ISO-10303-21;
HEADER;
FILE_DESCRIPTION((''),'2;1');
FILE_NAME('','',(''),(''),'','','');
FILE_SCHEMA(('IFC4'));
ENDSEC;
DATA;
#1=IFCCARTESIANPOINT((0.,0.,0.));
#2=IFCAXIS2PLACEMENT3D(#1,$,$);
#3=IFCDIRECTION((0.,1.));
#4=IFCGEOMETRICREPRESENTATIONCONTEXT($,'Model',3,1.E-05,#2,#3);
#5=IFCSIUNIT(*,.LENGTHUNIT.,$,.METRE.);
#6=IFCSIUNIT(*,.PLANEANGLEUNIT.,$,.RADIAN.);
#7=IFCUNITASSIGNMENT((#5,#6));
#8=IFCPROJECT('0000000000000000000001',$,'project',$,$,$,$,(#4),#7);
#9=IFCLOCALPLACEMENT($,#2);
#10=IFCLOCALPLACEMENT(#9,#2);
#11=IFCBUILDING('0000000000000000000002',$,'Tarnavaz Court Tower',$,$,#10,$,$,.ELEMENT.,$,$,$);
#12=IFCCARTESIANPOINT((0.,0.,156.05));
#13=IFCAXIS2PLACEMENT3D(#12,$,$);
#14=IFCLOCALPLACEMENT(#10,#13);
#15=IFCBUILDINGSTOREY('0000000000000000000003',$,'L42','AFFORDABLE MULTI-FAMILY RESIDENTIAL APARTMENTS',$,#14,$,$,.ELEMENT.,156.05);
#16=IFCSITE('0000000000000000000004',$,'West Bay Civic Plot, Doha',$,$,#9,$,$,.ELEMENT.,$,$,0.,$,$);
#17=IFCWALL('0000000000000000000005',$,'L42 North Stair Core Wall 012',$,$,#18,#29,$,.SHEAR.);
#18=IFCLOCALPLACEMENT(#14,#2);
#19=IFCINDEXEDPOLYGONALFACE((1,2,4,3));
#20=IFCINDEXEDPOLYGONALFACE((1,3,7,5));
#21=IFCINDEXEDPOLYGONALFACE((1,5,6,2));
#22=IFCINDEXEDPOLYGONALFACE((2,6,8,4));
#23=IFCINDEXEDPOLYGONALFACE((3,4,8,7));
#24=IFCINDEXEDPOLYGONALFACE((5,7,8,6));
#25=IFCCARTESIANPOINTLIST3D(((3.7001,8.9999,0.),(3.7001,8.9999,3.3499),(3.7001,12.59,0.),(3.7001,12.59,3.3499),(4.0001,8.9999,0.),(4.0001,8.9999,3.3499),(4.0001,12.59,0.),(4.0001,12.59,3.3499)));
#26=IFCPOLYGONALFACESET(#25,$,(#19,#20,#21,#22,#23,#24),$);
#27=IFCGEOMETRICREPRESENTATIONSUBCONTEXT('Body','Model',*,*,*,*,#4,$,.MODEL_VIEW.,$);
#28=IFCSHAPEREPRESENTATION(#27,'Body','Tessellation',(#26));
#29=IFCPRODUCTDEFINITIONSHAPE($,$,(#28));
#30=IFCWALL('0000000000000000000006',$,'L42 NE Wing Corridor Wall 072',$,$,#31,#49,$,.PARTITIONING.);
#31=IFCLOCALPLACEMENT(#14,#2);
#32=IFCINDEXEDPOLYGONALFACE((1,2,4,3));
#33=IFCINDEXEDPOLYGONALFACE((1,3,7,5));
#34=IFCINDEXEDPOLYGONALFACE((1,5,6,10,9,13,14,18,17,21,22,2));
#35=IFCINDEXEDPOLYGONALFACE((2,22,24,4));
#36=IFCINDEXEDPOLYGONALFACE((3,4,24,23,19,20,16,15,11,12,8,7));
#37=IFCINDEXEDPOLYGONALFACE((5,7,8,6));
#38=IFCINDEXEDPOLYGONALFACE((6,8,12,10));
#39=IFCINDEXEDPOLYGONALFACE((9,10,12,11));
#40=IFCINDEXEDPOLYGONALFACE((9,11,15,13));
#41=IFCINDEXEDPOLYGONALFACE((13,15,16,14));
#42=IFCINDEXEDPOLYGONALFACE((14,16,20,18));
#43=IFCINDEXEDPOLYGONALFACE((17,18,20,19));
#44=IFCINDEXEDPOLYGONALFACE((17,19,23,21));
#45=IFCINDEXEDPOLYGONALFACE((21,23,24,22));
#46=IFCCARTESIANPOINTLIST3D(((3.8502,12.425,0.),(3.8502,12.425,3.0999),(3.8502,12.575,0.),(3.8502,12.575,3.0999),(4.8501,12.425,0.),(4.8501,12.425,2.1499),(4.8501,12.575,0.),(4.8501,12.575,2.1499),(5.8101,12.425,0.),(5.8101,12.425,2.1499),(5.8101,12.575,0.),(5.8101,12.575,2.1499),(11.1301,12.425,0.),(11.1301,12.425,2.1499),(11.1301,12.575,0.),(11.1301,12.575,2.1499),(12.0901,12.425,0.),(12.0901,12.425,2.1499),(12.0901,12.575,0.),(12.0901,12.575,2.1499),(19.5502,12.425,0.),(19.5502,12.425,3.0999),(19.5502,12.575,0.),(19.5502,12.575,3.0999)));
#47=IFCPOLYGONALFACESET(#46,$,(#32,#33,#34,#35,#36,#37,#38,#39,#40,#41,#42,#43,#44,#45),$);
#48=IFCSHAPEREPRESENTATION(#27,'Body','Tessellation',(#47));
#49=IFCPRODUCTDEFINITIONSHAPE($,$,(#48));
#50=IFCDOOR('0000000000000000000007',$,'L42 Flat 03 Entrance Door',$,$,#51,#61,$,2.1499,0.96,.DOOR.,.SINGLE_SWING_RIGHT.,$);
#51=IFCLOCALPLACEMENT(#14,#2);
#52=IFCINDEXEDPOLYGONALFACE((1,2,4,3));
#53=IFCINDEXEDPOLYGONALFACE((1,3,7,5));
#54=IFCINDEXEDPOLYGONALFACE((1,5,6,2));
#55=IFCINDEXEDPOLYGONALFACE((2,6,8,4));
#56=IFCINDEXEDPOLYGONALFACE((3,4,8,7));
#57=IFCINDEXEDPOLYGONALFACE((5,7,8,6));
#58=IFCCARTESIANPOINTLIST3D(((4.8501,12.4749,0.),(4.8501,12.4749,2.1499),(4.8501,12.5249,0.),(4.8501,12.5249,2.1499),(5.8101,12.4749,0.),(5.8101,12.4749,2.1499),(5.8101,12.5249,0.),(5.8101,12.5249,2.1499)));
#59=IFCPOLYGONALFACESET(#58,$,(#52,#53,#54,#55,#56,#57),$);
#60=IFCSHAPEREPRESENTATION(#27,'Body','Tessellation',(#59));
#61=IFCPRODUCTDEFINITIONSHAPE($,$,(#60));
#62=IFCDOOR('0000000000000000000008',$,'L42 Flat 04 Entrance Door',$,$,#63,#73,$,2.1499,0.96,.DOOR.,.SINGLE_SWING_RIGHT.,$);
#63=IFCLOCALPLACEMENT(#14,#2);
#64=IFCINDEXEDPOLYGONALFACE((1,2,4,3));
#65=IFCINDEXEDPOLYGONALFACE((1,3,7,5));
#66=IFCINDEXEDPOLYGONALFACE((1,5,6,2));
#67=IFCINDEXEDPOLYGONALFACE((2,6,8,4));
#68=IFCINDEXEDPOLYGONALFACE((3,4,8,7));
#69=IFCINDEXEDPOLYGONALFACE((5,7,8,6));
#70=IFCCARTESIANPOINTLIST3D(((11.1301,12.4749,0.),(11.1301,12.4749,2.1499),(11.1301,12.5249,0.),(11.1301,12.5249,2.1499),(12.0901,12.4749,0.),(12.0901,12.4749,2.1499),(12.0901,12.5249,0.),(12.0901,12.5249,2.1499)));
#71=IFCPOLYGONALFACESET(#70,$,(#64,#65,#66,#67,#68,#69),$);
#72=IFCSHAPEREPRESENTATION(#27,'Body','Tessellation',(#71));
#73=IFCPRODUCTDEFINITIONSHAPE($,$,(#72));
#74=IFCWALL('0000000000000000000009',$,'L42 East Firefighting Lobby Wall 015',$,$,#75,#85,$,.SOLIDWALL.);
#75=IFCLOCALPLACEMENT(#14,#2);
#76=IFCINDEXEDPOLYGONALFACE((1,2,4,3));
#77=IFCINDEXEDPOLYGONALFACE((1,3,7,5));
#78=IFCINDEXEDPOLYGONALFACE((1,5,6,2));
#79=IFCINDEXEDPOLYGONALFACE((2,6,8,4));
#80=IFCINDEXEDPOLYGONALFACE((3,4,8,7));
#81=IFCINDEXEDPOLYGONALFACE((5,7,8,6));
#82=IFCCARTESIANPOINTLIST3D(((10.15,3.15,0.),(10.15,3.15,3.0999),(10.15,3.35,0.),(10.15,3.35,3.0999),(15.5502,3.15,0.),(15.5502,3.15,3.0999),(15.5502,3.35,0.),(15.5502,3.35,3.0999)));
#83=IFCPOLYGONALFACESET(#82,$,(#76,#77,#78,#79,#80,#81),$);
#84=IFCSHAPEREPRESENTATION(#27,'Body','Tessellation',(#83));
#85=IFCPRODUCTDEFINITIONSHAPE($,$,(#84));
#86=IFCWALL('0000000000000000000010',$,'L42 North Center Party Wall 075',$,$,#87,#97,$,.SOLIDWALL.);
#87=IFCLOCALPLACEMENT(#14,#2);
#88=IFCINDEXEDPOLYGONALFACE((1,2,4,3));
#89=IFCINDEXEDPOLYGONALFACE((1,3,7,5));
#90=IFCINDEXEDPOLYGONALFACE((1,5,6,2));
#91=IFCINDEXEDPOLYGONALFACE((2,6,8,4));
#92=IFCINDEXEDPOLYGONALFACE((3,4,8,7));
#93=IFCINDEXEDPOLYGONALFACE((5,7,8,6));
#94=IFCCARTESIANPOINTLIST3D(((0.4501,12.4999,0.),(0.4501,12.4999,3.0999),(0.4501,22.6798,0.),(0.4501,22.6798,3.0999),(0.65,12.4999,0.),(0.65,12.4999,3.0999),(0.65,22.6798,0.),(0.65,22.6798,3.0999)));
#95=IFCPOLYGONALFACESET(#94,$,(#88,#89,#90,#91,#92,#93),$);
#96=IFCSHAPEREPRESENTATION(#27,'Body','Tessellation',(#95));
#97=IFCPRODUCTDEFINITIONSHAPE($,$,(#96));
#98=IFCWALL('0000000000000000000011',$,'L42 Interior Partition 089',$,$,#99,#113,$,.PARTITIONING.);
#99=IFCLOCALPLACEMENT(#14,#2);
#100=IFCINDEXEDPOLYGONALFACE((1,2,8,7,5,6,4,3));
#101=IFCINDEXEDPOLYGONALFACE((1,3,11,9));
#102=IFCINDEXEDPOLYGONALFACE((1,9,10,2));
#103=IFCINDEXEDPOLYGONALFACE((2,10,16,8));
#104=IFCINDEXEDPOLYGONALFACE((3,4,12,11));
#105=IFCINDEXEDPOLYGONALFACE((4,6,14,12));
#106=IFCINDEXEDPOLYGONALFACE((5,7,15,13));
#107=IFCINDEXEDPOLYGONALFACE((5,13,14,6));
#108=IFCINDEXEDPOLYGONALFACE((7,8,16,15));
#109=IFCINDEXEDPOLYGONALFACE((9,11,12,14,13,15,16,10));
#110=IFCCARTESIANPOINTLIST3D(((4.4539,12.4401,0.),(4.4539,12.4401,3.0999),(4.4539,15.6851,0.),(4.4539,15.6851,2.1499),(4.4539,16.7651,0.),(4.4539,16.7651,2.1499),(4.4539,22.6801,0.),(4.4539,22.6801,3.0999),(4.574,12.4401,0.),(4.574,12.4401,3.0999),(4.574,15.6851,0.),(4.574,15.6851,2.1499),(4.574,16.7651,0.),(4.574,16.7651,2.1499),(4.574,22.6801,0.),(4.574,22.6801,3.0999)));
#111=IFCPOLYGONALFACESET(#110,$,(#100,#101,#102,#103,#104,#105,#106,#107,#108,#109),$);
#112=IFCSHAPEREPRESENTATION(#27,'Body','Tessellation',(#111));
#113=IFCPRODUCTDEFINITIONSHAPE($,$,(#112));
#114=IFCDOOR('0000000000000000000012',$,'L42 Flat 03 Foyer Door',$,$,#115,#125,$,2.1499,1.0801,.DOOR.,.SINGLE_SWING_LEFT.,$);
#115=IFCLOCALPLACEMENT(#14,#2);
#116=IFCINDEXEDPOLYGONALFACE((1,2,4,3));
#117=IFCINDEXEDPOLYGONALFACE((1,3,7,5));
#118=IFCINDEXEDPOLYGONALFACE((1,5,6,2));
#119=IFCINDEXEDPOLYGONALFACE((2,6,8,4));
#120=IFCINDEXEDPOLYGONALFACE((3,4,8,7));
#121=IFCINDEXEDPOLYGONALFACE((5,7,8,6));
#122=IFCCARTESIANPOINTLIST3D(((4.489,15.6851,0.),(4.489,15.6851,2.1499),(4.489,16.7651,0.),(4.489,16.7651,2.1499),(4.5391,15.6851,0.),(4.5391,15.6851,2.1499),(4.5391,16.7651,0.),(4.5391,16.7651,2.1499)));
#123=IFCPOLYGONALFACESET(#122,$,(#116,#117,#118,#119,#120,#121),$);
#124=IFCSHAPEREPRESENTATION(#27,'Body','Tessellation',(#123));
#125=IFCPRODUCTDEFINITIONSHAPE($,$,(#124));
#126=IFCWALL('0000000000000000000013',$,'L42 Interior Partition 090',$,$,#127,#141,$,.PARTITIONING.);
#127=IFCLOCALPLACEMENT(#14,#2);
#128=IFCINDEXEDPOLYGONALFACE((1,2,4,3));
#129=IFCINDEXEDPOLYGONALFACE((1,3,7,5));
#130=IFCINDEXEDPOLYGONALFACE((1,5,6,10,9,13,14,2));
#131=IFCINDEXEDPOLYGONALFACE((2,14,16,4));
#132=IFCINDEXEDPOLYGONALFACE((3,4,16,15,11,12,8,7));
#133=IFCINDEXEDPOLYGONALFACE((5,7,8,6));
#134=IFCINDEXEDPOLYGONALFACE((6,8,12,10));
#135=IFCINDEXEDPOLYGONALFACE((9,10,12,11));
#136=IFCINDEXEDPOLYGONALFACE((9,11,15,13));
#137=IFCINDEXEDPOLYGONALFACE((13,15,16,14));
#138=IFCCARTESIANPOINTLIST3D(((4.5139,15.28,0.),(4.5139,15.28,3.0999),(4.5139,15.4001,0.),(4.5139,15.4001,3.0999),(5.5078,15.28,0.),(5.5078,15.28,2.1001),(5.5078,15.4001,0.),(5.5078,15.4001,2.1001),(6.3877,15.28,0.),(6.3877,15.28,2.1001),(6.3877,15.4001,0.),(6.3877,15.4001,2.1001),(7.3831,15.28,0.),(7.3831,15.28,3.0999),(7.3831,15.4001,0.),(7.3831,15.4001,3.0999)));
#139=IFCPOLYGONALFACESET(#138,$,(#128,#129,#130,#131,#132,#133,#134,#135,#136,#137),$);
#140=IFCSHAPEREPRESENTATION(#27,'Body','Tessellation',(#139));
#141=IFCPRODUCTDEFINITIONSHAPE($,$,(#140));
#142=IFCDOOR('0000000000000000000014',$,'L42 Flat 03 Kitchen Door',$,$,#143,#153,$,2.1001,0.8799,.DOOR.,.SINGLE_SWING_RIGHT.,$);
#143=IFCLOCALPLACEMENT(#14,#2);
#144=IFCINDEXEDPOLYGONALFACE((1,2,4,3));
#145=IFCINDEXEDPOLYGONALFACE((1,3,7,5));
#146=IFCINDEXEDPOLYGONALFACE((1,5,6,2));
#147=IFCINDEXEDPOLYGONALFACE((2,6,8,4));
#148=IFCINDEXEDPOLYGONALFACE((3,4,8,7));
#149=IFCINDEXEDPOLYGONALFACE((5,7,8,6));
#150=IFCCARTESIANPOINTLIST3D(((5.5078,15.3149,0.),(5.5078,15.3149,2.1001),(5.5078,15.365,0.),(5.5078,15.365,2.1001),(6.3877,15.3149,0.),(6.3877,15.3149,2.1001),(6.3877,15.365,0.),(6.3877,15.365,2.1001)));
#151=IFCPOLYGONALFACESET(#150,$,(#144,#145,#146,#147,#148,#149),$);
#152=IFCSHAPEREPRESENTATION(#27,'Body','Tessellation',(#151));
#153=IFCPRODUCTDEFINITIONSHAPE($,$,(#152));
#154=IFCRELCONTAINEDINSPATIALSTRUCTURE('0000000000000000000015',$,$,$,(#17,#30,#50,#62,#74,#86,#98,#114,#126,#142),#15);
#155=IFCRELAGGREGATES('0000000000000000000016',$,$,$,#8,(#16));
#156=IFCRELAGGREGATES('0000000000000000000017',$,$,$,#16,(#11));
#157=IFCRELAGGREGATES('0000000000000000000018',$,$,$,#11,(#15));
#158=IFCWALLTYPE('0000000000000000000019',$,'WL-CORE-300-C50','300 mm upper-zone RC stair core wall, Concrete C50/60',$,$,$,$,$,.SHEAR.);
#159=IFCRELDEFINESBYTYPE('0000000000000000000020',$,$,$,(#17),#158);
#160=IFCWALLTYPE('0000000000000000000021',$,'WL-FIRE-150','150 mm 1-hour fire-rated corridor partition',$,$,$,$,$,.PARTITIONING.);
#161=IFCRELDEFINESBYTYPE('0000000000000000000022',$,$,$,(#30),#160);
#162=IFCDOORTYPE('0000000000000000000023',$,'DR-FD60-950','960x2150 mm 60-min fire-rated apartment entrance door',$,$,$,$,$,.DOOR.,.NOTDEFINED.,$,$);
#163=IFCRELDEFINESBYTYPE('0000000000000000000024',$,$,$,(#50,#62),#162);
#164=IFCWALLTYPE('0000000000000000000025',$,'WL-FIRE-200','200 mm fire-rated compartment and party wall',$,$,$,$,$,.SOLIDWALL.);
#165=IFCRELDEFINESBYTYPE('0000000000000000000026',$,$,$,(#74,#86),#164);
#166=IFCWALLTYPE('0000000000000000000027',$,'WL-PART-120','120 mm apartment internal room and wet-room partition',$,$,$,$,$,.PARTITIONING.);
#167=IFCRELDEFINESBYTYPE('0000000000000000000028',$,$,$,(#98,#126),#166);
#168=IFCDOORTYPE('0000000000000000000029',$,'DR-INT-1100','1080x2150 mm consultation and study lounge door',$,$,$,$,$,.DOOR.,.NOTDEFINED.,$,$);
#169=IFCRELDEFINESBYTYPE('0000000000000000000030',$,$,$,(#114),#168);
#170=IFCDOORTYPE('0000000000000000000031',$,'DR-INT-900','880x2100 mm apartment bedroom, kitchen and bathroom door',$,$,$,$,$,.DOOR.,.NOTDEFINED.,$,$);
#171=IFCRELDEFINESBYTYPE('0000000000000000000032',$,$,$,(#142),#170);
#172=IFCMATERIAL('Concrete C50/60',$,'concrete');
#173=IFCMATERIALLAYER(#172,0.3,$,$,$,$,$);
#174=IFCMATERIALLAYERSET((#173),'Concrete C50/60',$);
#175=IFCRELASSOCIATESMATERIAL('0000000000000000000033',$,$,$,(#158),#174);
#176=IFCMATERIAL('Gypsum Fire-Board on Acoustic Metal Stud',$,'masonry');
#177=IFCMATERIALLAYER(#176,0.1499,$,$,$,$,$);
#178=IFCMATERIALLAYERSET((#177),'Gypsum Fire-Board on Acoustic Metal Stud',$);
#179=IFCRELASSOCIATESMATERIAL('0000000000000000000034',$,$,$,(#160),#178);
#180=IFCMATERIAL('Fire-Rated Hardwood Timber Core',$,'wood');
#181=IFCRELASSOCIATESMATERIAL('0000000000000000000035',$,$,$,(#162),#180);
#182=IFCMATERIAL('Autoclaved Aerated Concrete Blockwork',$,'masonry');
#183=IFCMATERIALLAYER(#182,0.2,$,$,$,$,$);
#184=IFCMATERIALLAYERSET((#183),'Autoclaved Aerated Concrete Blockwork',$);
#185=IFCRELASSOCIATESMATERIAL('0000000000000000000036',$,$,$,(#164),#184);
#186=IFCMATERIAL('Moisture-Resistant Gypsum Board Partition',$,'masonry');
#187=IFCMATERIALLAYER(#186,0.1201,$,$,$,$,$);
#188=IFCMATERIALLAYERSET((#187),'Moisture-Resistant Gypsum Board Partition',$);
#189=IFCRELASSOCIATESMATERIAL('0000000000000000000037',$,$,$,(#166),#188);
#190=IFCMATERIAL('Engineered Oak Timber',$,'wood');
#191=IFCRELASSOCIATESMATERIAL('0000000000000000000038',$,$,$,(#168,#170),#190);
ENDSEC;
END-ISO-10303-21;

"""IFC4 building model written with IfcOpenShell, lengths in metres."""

from ifc_helpers import new_model, si_unit, direction, frame, frame_2d, origin, place, context, subcontext, project, spatial, rectangle, extrude, material, layer, layer_set, type_object, element, fill, save


model = new_model("IFC4")

# Units and contexts
model_context = context("Model", 3, precision=1e-05, world=origin(), true_north=direction((0.0, 1.0)))
body_context = subcontext(model_context, "Body", "Model", "MODEL_VIEW")
ifc_project = project(units=[si_unit("LENGTHUNIT", "METRE"), si_unit("PLANEANGLEUNIT", "RADIAN")], contexts=[model_context])

# Site, building, storey
site_placement = place(None, origin())
site = spatial("IfcSite", under=ifc_project, at=site_placement, Name="West Bay Civic Plot, Doha", CompositionType="ELEMENT", RefElevation=0.0)
building_placement = place(site_placement, origin())
building = spatial("IfcBuilding", under=site, at=building_placement, Name="Tarnavaz Court Tower", CompositionType="ELEMENT")
storey_placement = place(building_placement, frame((0.0, 0.0, 156.05)))
storey = spatial("IfcBuildingStorey", under=building, at=storey_placement, Name="L42", Description="AFFORDABLE MULTI-FAMILY RESIDENTIAL APARTMENTS", CompositionType="ELEMENT", Elevation=156.05)

# Shared definitions
ifc_material_1 = material(Name="Concrete C50/60", Category="concrete")
ifc_layer_1 = layer(ifc_material_1, 0.3)
ifc_layer_set_1 = layer_set([ifc_layer_1], Name="Concrete C50/60")
wall_type_1 = type_object("IfcWallType", Name="WL-CORE-300-C50", Description="300 mm upper-zone RC stair core wall, Concrete C50/60", PredefinedType="SHEAR", material=ifc_layer_set_1)

# Shared definitions
ifc_material_2 = material(Name="Fire-Rated Hardwood Timber Core", Category="wood")

# Wall
wall_1_placement = place(storey_placement, frame((3.8501, 9.0, 0.0), z_axis=(0.0, 0.0, 1.0), x_axis=(0.0, 1.0, 0.0)))
element("IfcWall", 1, at=wall_1_placement, inside=storey, type_object=wall_type_1, Name="L42 North Stair Core Wall 012", PredefinedType="SHEAR", context=body_context, shape_type="SweptSolid", body=[
    extrude(rectangle(XDim=3.5901, YDim=0.3, at=frame_2d((1.7949, 0.0))), origin(), (0.0, 0.0, 1.0), 3.3499),
])

# Wall, openings, doors
ifc_material_3 = material(Name="Gypsum Fire-Board on Acoustic Metal Stud", Category="masonry")
ifc_layer_2 = layer(ifc_material_3, 0.1499)
ifc_layer_set_2 = layer_set([ifc_layer_2], Name="Gypsum Fire-Board on Acoustic Metal Stud")
wall_type_2 = type_object("IfcWallType", Name="WL-FIRE-150", Description="150 mm 1-hour fire-rated corridor partition", PredefinedType="PARTITIONING", material=ifc_layer_set_2)
wall_2_placement = place(storey_placement, frame((3.8501, 12.5, 0.0), z_axis=(0.0, 0.0, 1.0), x_axis=(1.0, 0.0, 0.0)))
wall_2 = element("IfcWall", 2, at=wall_2_placement, inside=storey, type_object=wall_type_2, Name="L42 NE Wing Corridor Wall 072", PredefinedType="PARTITIONING", context=body_context, shape_type="SweptSolid", body=[
    extrude(rectangle(XDim=15.7, YDim=0.1499, at=frame_2d((7.8501, 0.0))), origin(), (0.0, 0.0, 1.0), 3.0999),
])
opening_1_placement = place(wall_2_placement, frame((1.0, 0.0, 0.0)))
opening_1 = element("IfcOpeningElement", 3, at=opening_1_placement, cuts=wall_2, PredefinedType="OPENING", context=body_context, shape_type="SweptSolid", body=[
    extrude(rectangle(XDim=0.96, YDim=2.1499, at=frame_2d((0.48, 1.075))), frame((0.0, 0.085, 0.0), z_axis=(0.0, -1.0, 0.0), x_axis=(1.0, 0.0, 0.0)), (0.0, 0.0, 1.0), 0.1699),
])
opening_2_placement = place(wall_2_placement, frame((7.28, 0.0, 0.0)))
opening_2 = element("IfcOpeningElement", 4, at=opening_2_placement, cuts=wall_2, PredefinedType="OPENING", context=body_context, shape_type="SweptSolid", body=[
    extrude(rectangle(XDim=0.96, YDim=2.1499, at=frame_2d((0.48, 1.075))), frame((0.0, 0.085, 0.0), z_axis=(0.0, -1.0, 0.0), x_axis=(1.0, 0.0, 0.0)), (0.0, 0.0, 1.0), 0.1699),
])
door_type_1 = type_object("IfcDoorType", Name="DR-FD60-950", Description="960x2150 mm 60-min fire-rated apartment entrance door", OperationType="NOTDEFINED", PredefinedType="DOOR", material=ifc_material_2)
door_1_placement = place(opening_1_placement, origin())
door_1 = element("IfcDoor", 5, at=door_1_placement, inside=storey, type_object=door_type_1, Name="L42 Flat 03 Entrance Door", OperationType="SINGLE_SWING_RIGHT", OverallHeight=2.1499, OverallWidth=0.96, PredefinedType="DOOR", context=body_context, shape_type="SweptSolid", body=[
    extrude(rectangle(XDim=0.96, YDim=2.1499, at=frame_2d((0.48, 1.075))), frame((0.0, 0.0249, 0.0), z_axis=(0.0, -1.0, 0.0), x_axis=(1.0, 0.0, 0.0)), (0.0, 0.0, 1.0), 0.05),
])
fill(opening_1, door_1)
door_2_placement = place(opening_2_placement, origin())
door_2 = element("IfcDoor", 6, at=door_2_placement, inside=storey, type_object=door_type_1, Name="L42 Flat 04 Entrance Door", OperationType="SINGLE_SWING_RIGHT", OverallHeight=2.1499, OverallWidth=0.96, PredefinedType="DOOR", context=body_context, shape_type="SweptSolid", body=[
    extrude(rectangle(XDim=0.96, YDim=2.1499, at=frame_2d((0.48, 1.075))), frame((0.0, 0.0249, 0.0), z_axis=(0.0, -1.0, 0.0), x_axis=(1.0, 0.0, 0.0)), (0.0, 0.0, 1.0), 0.05),
])
fill(opening_2, door_2)

# Walls
ifc_material_4 = material(Name="Autoclaved Aerated Concrete Blockwork", Category="masonry")
ifc_layer_3 = layer(ifc_material_4, 0.2)
ifc_layer_set_3 = layer_set([ifc_layer_3], Name="Autoclaved Aerated Concrete Blockwork")
wall_type_3 = type_object("IfcWallType", Name="WL-FIRE-200", Description="200 mm fire-rated compartment and party wall", PredefinedType="SOLIDWALL", material=ifc_layer_set_3)
wall_3_placement = place(storey_placement, frame((10.1499, 3.25, 0.0), z_axis=(0.0, 0.0, 1.0), x_axis=(1.0, 0.0, 0.0)))
element("IfcWall", 7, at=wall_3_placement, inside=storey, type_object=wall_type_3, Name="L42 East Firefighting Lobby Wall 015", PredefinedType="SOLIDWALL", context=body_context, shape_type="SweptSolid", body=[
    extrude(rectangle(XDim=5.4001, YDim=0.2, at=frame_2d((2.7002, 0.0))), origin(), (0.0, 0.0, 1.0), 3.0999),
])
wall_4_placement = place(storey_placement, frame((0.55, 12.5, 0.0), z_axis=(0.0, 0.0, 1.0), x_axis=(0.0, 1.0, 0.0)))
element("IfcWall", 8, at=wall_4_placement, inside=storey, type_object=wall_type_3, Name="L42 North Center Party Wall 075", PredefinedType="SOLIDWALL", context=body_context, shape_type="SweptSolid", body=[
    extrude(rectangle(XDim=10.1799, YDim=0.2, at=frame_2d((5.0898, 0.0))), origin(), (0.0, 0.0, 1.0), 3.0999),
])

# Walls, openings, doors
ifc_material_5 = material(Name="Moisture-Resistant Gypsum Board Partition", Category="masonry")
ifc_layer_4 = layer(ifc_material_5, 0.1201)
ifc_layer_set_4 = layer_set([ifc_layer_4], Name="Moisture-Resistant Gypsum Board Partition")
wall_type_4 = type_object("IfcWallType", Name="WL-PART-120", Description="120 mm apartment internal room and wet-room partition", PredefinedType="PARTITIONING", material=ifc_layer_set_4)
wall_5_placement = place(storey_placement, frame((4.5139, 12.4399, 0.0), z_axis=(0.0, 0.0, 1.0), x_axis=(0.0, 1.0, 0.0)))
wall_5 = element("IfcWall", 9, at=wall_5_placement, inside=storey, type_object=wall_type_4, Name="L42 Interior Partition 089", PredefinedType="PARTITIONING", context=body_context, shape_type="SweptSolid", body=[
    extrude(rectangle(XDim=10.24, YDim=0.1201, at=frame_2d((5.1201, 0.0))), origin(), (0.0, 0.0, 1.0), 3.0999),
])
opening_3_placement = place(wall_5_placement, frame((3.2451, 0.0, 0.0)))
opening_3 = element("IfcOpeningElement", 10, at=opening_3_placement, cuts=wall_5, PredefinedType="OPENING", context=body_context, shape_type="SweptSolid", body=[
    extrude(rectangle(XDim=1.0801, YDim=2.1499, at=frame_2d((0.54, 1.075))), frame((0.0, 0.0701, 0.0), z_axis=(0.0, -1.0, 0.0), x_axis=(1.0, 0.0, 0.0)), (0.0, 0.0, 1.0), 0.1401),
])
ifc_material_6 = material(Name="Engineered Oak Timber", Category="wood")
door_type_2 = type_object("IfcDoorType", Name="DR-INT-1100", Description="1080x2150 mm consultation and study lounge door", OperationType="NOTDEFINED", PredefinedType="DOOR", material=ifc_material_6)
door_3_placement = place(opening_3_placement, origin())
door_3 = element("IfcDoor", 11, at=door_3_placement, inside=storey, type_object=door_type_2, Name="L42 Flat 03 Foyer Door", OperationType="SINGLE_SWING_LEFT", OverallHeight=2.1499, OverallWidth=1.0801, PredefinedType="DOOR", context=body_context, shape_type="SweptSolid", body=[
    extrude(rectangle(XDim=1.0801, YDim=2.1499, at=frame_2d((0.54, 1.075))), frame((0.0, 0.0249, 0.0), z_axis=(0.0, -1.0, 0.0), x_axis=(1.0, 0.0, 0.0)), (0.0, 0.0, 1.0), 0.05),
])
fill(opening_3, door_3)
wall_6_placement = place(storey_placement, frame((4.5139, 15.3401, 0.0), z_axis=(0.0, 0.0, 1.0), x_axis=(1.0, 0.0, 0.0)))
wall_6 = element("IfcWall", 12, at=wall_6_placement, inside=storey, type_object=wall_type_4, Name="L42 Interior Partition 090", PredefinedType="PARTITIONING", context=body_context, shape_type="SweptSolid", body=[
    extrude(rectangle(XDim=2.8691, YDim=0.1201, at=frame_2d((1.4346, 0.0))), origin(), (0.0, 0.0, 1.0), 3.0999),
])
opening_4_placement = place(wall_6_placement, frame((0.9939, 0.0, 0.0)))
opening_4 = element("IfcOpeningElement", 13, at=opening_4_placement, cuts=wall_6, PredefinedType="OPENING", context=body_context, shape_type="SweptSolid", body=[
    extrude(rectangle(XDim=0.8799, YDim=2.1001, at=frame_2d((0.4399, 1.05))), frame((0.0, 0.0701, 0.0), z_axis=(0.0, -1.0, 0.0), x_axis=(1.0, 0.0, 0.0)), (0.0, 0.0, 1.0), 0.1401),
])
door_type_3 = type_object("IfcDoorType", Name="DR-INT-900", Description="880x2100 mm apartment bedroom, kitchen and bathroom door", OperationType="NOTDEFINED", PredefinedType="DOOR", material=ifc_material_6)
door_4_placement = place(opening_4_placement, origin())
door_4 = element("IfcDoor", 14, at=door_4_placement, inside=storey, type_object=door_type_3, Name="L42 Flat 03 Kitchen Door", OperationType="SINGLE_SWING_RIGHT", OverallHeight=2.1001, OverallWidth=0.8799, PredefinedType="DOOR", context=body_context, shape_type="SweptSolid", body=[
    extrude(rectangle(XDim=0.8799, YDim=2.1001, at=frame_2d((0.4399, 1.05))), frame((0.0, 0.0249, 0.0), z_axis=(0.0, -1.0, 0.0), x_axis=(1.0, 0.0, 0.0)), (0.0, 0.0, 1.0), 0.05),
])
fill(opening_4, door_4)

save(model, "model.ifc")
